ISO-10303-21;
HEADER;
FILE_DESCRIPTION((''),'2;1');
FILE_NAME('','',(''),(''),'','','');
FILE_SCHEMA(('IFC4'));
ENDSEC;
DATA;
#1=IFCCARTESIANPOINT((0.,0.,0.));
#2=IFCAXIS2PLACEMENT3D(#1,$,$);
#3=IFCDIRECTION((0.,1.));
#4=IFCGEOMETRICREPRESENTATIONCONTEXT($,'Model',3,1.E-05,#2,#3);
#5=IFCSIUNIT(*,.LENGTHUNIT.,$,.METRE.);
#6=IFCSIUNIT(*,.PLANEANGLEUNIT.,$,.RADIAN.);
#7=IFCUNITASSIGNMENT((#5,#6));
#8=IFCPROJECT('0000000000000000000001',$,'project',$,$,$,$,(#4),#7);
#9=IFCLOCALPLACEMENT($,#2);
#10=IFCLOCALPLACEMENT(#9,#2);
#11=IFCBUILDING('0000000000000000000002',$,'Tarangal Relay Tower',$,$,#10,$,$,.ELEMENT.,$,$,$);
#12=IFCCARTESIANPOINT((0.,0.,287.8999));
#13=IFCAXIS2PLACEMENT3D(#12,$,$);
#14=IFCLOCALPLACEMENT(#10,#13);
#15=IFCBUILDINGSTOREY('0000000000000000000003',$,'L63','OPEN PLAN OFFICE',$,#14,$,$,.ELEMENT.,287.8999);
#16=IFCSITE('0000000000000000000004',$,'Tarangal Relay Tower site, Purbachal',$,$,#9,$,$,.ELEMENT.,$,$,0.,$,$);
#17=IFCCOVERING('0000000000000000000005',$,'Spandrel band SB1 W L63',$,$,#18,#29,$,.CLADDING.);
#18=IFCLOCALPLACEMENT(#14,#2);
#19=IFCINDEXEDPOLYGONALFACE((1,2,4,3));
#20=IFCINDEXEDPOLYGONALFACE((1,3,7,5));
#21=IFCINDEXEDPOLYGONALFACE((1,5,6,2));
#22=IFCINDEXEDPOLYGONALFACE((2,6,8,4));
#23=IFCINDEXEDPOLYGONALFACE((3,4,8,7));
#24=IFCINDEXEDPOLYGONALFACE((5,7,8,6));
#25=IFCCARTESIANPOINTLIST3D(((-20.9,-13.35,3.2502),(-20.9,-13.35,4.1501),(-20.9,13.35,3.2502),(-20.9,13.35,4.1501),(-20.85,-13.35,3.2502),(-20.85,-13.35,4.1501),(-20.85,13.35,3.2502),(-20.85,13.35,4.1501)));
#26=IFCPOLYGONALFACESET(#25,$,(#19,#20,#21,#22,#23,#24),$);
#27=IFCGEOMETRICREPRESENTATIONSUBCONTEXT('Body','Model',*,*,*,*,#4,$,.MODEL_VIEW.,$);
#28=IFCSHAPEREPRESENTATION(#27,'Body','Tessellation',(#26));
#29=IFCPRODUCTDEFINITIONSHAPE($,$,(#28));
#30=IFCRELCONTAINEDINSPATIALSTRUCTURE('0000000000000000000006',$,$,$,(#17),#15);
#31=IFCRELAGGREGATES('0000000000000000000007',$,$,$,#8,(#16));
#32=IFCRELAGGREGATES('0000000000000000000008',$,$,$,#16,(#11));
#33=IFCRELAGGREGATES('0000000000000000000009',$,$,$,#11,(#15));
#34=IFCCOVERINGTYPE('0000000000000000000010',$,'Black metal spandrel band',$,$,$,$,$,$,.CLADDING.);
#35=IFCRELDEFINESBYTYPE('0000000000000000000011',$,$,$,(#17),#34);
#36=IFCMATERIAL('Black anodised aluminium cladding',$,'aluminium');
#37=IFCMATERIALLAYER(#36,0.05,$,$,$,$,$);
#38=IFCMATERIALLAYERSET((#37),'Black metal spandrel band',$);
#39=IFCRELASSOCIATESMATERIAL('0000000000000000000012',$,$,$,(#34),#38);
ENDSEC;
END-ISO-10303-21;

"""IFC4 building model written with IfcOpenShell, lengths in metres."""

from ifc_helpers import new_model, si_unit, direction, frame, origin, origin_2d, place, context, subcontext, project, spatial, rectangle, extrude, material, layer, layer_set, type_object, element, save


model = new_model("IFC4")

# Units and contexts
model_context = context("Model", 3, precision=1e-05, world=origin(), true_north=direction((0.0, 1.0)))
body_context = subcontext(model_context, "Body", "Model", "MODEL_VIEW")
ifc_project = project(units=[si_unit("LENGTHUNIT", "METRE"), si_unit("PLANEANGLEUNIT", "RADIAN")], contexts=[model_context])

# Site, building, storey
site_placement = place(None, origin())
site = spatial("IfcSite", under=ifc_project, at=site_placement, Name="Tarangal Relay Tower site, Purbachal", CompositionType="ELEMENT", RefElevation=0.0)
building_placement = place(site_placement, origin())
building = spatial("IfcBuilding", under=site, at=building_placement, Name="Tarangal Relay Tower", CompositionType="ELEMENT")
storey_placement = place(building_placement, frame((0.0, 0.0, 287.8999)))
storey = spatial("IfcBuildingStorey", under=building, at=storey_placement, Name="L63", Description="OPEN PLAN OFFICE", CompositionType="ELEMENT", Elevation=287.8999)

# Covering
ifc_material_1 = material(Name="Black anodised aluminium cladding", Category="aluminium")
ifc_layer_1 = layer(ifc_material_1, 0.05)
ifc_layer_set_1 = layer_set([ifc_layer_1], Name="Black metal spandrel band")
covering_type = type_object("IfcCoveringType", Name="Black metal spandrel band", PredefinedType="CLADDING", material=ifc_layer_set_1)
covering_placement = place(storey_placement, frame((-20.875, 0.0, 3.2502), z_axis=(0.0, 0.0, 1.0), x_axis=(0.0, 1.0, 0.0)))
element("IfcCovering", 1, at=covering_placement, inside=storey, type_object=covering_type, Name="Spandrel band SB1 W L63", PredefinedType="CLADDING", context=body_context, shape_type="SweptSolid", body=[
    extrude(rectangle(XDim=26.7, YDim=0.05, at=origin_2d()), origin(), (0.0, 0.0, 1.0), 0.8999),
])

save(model, "model.ifc")
